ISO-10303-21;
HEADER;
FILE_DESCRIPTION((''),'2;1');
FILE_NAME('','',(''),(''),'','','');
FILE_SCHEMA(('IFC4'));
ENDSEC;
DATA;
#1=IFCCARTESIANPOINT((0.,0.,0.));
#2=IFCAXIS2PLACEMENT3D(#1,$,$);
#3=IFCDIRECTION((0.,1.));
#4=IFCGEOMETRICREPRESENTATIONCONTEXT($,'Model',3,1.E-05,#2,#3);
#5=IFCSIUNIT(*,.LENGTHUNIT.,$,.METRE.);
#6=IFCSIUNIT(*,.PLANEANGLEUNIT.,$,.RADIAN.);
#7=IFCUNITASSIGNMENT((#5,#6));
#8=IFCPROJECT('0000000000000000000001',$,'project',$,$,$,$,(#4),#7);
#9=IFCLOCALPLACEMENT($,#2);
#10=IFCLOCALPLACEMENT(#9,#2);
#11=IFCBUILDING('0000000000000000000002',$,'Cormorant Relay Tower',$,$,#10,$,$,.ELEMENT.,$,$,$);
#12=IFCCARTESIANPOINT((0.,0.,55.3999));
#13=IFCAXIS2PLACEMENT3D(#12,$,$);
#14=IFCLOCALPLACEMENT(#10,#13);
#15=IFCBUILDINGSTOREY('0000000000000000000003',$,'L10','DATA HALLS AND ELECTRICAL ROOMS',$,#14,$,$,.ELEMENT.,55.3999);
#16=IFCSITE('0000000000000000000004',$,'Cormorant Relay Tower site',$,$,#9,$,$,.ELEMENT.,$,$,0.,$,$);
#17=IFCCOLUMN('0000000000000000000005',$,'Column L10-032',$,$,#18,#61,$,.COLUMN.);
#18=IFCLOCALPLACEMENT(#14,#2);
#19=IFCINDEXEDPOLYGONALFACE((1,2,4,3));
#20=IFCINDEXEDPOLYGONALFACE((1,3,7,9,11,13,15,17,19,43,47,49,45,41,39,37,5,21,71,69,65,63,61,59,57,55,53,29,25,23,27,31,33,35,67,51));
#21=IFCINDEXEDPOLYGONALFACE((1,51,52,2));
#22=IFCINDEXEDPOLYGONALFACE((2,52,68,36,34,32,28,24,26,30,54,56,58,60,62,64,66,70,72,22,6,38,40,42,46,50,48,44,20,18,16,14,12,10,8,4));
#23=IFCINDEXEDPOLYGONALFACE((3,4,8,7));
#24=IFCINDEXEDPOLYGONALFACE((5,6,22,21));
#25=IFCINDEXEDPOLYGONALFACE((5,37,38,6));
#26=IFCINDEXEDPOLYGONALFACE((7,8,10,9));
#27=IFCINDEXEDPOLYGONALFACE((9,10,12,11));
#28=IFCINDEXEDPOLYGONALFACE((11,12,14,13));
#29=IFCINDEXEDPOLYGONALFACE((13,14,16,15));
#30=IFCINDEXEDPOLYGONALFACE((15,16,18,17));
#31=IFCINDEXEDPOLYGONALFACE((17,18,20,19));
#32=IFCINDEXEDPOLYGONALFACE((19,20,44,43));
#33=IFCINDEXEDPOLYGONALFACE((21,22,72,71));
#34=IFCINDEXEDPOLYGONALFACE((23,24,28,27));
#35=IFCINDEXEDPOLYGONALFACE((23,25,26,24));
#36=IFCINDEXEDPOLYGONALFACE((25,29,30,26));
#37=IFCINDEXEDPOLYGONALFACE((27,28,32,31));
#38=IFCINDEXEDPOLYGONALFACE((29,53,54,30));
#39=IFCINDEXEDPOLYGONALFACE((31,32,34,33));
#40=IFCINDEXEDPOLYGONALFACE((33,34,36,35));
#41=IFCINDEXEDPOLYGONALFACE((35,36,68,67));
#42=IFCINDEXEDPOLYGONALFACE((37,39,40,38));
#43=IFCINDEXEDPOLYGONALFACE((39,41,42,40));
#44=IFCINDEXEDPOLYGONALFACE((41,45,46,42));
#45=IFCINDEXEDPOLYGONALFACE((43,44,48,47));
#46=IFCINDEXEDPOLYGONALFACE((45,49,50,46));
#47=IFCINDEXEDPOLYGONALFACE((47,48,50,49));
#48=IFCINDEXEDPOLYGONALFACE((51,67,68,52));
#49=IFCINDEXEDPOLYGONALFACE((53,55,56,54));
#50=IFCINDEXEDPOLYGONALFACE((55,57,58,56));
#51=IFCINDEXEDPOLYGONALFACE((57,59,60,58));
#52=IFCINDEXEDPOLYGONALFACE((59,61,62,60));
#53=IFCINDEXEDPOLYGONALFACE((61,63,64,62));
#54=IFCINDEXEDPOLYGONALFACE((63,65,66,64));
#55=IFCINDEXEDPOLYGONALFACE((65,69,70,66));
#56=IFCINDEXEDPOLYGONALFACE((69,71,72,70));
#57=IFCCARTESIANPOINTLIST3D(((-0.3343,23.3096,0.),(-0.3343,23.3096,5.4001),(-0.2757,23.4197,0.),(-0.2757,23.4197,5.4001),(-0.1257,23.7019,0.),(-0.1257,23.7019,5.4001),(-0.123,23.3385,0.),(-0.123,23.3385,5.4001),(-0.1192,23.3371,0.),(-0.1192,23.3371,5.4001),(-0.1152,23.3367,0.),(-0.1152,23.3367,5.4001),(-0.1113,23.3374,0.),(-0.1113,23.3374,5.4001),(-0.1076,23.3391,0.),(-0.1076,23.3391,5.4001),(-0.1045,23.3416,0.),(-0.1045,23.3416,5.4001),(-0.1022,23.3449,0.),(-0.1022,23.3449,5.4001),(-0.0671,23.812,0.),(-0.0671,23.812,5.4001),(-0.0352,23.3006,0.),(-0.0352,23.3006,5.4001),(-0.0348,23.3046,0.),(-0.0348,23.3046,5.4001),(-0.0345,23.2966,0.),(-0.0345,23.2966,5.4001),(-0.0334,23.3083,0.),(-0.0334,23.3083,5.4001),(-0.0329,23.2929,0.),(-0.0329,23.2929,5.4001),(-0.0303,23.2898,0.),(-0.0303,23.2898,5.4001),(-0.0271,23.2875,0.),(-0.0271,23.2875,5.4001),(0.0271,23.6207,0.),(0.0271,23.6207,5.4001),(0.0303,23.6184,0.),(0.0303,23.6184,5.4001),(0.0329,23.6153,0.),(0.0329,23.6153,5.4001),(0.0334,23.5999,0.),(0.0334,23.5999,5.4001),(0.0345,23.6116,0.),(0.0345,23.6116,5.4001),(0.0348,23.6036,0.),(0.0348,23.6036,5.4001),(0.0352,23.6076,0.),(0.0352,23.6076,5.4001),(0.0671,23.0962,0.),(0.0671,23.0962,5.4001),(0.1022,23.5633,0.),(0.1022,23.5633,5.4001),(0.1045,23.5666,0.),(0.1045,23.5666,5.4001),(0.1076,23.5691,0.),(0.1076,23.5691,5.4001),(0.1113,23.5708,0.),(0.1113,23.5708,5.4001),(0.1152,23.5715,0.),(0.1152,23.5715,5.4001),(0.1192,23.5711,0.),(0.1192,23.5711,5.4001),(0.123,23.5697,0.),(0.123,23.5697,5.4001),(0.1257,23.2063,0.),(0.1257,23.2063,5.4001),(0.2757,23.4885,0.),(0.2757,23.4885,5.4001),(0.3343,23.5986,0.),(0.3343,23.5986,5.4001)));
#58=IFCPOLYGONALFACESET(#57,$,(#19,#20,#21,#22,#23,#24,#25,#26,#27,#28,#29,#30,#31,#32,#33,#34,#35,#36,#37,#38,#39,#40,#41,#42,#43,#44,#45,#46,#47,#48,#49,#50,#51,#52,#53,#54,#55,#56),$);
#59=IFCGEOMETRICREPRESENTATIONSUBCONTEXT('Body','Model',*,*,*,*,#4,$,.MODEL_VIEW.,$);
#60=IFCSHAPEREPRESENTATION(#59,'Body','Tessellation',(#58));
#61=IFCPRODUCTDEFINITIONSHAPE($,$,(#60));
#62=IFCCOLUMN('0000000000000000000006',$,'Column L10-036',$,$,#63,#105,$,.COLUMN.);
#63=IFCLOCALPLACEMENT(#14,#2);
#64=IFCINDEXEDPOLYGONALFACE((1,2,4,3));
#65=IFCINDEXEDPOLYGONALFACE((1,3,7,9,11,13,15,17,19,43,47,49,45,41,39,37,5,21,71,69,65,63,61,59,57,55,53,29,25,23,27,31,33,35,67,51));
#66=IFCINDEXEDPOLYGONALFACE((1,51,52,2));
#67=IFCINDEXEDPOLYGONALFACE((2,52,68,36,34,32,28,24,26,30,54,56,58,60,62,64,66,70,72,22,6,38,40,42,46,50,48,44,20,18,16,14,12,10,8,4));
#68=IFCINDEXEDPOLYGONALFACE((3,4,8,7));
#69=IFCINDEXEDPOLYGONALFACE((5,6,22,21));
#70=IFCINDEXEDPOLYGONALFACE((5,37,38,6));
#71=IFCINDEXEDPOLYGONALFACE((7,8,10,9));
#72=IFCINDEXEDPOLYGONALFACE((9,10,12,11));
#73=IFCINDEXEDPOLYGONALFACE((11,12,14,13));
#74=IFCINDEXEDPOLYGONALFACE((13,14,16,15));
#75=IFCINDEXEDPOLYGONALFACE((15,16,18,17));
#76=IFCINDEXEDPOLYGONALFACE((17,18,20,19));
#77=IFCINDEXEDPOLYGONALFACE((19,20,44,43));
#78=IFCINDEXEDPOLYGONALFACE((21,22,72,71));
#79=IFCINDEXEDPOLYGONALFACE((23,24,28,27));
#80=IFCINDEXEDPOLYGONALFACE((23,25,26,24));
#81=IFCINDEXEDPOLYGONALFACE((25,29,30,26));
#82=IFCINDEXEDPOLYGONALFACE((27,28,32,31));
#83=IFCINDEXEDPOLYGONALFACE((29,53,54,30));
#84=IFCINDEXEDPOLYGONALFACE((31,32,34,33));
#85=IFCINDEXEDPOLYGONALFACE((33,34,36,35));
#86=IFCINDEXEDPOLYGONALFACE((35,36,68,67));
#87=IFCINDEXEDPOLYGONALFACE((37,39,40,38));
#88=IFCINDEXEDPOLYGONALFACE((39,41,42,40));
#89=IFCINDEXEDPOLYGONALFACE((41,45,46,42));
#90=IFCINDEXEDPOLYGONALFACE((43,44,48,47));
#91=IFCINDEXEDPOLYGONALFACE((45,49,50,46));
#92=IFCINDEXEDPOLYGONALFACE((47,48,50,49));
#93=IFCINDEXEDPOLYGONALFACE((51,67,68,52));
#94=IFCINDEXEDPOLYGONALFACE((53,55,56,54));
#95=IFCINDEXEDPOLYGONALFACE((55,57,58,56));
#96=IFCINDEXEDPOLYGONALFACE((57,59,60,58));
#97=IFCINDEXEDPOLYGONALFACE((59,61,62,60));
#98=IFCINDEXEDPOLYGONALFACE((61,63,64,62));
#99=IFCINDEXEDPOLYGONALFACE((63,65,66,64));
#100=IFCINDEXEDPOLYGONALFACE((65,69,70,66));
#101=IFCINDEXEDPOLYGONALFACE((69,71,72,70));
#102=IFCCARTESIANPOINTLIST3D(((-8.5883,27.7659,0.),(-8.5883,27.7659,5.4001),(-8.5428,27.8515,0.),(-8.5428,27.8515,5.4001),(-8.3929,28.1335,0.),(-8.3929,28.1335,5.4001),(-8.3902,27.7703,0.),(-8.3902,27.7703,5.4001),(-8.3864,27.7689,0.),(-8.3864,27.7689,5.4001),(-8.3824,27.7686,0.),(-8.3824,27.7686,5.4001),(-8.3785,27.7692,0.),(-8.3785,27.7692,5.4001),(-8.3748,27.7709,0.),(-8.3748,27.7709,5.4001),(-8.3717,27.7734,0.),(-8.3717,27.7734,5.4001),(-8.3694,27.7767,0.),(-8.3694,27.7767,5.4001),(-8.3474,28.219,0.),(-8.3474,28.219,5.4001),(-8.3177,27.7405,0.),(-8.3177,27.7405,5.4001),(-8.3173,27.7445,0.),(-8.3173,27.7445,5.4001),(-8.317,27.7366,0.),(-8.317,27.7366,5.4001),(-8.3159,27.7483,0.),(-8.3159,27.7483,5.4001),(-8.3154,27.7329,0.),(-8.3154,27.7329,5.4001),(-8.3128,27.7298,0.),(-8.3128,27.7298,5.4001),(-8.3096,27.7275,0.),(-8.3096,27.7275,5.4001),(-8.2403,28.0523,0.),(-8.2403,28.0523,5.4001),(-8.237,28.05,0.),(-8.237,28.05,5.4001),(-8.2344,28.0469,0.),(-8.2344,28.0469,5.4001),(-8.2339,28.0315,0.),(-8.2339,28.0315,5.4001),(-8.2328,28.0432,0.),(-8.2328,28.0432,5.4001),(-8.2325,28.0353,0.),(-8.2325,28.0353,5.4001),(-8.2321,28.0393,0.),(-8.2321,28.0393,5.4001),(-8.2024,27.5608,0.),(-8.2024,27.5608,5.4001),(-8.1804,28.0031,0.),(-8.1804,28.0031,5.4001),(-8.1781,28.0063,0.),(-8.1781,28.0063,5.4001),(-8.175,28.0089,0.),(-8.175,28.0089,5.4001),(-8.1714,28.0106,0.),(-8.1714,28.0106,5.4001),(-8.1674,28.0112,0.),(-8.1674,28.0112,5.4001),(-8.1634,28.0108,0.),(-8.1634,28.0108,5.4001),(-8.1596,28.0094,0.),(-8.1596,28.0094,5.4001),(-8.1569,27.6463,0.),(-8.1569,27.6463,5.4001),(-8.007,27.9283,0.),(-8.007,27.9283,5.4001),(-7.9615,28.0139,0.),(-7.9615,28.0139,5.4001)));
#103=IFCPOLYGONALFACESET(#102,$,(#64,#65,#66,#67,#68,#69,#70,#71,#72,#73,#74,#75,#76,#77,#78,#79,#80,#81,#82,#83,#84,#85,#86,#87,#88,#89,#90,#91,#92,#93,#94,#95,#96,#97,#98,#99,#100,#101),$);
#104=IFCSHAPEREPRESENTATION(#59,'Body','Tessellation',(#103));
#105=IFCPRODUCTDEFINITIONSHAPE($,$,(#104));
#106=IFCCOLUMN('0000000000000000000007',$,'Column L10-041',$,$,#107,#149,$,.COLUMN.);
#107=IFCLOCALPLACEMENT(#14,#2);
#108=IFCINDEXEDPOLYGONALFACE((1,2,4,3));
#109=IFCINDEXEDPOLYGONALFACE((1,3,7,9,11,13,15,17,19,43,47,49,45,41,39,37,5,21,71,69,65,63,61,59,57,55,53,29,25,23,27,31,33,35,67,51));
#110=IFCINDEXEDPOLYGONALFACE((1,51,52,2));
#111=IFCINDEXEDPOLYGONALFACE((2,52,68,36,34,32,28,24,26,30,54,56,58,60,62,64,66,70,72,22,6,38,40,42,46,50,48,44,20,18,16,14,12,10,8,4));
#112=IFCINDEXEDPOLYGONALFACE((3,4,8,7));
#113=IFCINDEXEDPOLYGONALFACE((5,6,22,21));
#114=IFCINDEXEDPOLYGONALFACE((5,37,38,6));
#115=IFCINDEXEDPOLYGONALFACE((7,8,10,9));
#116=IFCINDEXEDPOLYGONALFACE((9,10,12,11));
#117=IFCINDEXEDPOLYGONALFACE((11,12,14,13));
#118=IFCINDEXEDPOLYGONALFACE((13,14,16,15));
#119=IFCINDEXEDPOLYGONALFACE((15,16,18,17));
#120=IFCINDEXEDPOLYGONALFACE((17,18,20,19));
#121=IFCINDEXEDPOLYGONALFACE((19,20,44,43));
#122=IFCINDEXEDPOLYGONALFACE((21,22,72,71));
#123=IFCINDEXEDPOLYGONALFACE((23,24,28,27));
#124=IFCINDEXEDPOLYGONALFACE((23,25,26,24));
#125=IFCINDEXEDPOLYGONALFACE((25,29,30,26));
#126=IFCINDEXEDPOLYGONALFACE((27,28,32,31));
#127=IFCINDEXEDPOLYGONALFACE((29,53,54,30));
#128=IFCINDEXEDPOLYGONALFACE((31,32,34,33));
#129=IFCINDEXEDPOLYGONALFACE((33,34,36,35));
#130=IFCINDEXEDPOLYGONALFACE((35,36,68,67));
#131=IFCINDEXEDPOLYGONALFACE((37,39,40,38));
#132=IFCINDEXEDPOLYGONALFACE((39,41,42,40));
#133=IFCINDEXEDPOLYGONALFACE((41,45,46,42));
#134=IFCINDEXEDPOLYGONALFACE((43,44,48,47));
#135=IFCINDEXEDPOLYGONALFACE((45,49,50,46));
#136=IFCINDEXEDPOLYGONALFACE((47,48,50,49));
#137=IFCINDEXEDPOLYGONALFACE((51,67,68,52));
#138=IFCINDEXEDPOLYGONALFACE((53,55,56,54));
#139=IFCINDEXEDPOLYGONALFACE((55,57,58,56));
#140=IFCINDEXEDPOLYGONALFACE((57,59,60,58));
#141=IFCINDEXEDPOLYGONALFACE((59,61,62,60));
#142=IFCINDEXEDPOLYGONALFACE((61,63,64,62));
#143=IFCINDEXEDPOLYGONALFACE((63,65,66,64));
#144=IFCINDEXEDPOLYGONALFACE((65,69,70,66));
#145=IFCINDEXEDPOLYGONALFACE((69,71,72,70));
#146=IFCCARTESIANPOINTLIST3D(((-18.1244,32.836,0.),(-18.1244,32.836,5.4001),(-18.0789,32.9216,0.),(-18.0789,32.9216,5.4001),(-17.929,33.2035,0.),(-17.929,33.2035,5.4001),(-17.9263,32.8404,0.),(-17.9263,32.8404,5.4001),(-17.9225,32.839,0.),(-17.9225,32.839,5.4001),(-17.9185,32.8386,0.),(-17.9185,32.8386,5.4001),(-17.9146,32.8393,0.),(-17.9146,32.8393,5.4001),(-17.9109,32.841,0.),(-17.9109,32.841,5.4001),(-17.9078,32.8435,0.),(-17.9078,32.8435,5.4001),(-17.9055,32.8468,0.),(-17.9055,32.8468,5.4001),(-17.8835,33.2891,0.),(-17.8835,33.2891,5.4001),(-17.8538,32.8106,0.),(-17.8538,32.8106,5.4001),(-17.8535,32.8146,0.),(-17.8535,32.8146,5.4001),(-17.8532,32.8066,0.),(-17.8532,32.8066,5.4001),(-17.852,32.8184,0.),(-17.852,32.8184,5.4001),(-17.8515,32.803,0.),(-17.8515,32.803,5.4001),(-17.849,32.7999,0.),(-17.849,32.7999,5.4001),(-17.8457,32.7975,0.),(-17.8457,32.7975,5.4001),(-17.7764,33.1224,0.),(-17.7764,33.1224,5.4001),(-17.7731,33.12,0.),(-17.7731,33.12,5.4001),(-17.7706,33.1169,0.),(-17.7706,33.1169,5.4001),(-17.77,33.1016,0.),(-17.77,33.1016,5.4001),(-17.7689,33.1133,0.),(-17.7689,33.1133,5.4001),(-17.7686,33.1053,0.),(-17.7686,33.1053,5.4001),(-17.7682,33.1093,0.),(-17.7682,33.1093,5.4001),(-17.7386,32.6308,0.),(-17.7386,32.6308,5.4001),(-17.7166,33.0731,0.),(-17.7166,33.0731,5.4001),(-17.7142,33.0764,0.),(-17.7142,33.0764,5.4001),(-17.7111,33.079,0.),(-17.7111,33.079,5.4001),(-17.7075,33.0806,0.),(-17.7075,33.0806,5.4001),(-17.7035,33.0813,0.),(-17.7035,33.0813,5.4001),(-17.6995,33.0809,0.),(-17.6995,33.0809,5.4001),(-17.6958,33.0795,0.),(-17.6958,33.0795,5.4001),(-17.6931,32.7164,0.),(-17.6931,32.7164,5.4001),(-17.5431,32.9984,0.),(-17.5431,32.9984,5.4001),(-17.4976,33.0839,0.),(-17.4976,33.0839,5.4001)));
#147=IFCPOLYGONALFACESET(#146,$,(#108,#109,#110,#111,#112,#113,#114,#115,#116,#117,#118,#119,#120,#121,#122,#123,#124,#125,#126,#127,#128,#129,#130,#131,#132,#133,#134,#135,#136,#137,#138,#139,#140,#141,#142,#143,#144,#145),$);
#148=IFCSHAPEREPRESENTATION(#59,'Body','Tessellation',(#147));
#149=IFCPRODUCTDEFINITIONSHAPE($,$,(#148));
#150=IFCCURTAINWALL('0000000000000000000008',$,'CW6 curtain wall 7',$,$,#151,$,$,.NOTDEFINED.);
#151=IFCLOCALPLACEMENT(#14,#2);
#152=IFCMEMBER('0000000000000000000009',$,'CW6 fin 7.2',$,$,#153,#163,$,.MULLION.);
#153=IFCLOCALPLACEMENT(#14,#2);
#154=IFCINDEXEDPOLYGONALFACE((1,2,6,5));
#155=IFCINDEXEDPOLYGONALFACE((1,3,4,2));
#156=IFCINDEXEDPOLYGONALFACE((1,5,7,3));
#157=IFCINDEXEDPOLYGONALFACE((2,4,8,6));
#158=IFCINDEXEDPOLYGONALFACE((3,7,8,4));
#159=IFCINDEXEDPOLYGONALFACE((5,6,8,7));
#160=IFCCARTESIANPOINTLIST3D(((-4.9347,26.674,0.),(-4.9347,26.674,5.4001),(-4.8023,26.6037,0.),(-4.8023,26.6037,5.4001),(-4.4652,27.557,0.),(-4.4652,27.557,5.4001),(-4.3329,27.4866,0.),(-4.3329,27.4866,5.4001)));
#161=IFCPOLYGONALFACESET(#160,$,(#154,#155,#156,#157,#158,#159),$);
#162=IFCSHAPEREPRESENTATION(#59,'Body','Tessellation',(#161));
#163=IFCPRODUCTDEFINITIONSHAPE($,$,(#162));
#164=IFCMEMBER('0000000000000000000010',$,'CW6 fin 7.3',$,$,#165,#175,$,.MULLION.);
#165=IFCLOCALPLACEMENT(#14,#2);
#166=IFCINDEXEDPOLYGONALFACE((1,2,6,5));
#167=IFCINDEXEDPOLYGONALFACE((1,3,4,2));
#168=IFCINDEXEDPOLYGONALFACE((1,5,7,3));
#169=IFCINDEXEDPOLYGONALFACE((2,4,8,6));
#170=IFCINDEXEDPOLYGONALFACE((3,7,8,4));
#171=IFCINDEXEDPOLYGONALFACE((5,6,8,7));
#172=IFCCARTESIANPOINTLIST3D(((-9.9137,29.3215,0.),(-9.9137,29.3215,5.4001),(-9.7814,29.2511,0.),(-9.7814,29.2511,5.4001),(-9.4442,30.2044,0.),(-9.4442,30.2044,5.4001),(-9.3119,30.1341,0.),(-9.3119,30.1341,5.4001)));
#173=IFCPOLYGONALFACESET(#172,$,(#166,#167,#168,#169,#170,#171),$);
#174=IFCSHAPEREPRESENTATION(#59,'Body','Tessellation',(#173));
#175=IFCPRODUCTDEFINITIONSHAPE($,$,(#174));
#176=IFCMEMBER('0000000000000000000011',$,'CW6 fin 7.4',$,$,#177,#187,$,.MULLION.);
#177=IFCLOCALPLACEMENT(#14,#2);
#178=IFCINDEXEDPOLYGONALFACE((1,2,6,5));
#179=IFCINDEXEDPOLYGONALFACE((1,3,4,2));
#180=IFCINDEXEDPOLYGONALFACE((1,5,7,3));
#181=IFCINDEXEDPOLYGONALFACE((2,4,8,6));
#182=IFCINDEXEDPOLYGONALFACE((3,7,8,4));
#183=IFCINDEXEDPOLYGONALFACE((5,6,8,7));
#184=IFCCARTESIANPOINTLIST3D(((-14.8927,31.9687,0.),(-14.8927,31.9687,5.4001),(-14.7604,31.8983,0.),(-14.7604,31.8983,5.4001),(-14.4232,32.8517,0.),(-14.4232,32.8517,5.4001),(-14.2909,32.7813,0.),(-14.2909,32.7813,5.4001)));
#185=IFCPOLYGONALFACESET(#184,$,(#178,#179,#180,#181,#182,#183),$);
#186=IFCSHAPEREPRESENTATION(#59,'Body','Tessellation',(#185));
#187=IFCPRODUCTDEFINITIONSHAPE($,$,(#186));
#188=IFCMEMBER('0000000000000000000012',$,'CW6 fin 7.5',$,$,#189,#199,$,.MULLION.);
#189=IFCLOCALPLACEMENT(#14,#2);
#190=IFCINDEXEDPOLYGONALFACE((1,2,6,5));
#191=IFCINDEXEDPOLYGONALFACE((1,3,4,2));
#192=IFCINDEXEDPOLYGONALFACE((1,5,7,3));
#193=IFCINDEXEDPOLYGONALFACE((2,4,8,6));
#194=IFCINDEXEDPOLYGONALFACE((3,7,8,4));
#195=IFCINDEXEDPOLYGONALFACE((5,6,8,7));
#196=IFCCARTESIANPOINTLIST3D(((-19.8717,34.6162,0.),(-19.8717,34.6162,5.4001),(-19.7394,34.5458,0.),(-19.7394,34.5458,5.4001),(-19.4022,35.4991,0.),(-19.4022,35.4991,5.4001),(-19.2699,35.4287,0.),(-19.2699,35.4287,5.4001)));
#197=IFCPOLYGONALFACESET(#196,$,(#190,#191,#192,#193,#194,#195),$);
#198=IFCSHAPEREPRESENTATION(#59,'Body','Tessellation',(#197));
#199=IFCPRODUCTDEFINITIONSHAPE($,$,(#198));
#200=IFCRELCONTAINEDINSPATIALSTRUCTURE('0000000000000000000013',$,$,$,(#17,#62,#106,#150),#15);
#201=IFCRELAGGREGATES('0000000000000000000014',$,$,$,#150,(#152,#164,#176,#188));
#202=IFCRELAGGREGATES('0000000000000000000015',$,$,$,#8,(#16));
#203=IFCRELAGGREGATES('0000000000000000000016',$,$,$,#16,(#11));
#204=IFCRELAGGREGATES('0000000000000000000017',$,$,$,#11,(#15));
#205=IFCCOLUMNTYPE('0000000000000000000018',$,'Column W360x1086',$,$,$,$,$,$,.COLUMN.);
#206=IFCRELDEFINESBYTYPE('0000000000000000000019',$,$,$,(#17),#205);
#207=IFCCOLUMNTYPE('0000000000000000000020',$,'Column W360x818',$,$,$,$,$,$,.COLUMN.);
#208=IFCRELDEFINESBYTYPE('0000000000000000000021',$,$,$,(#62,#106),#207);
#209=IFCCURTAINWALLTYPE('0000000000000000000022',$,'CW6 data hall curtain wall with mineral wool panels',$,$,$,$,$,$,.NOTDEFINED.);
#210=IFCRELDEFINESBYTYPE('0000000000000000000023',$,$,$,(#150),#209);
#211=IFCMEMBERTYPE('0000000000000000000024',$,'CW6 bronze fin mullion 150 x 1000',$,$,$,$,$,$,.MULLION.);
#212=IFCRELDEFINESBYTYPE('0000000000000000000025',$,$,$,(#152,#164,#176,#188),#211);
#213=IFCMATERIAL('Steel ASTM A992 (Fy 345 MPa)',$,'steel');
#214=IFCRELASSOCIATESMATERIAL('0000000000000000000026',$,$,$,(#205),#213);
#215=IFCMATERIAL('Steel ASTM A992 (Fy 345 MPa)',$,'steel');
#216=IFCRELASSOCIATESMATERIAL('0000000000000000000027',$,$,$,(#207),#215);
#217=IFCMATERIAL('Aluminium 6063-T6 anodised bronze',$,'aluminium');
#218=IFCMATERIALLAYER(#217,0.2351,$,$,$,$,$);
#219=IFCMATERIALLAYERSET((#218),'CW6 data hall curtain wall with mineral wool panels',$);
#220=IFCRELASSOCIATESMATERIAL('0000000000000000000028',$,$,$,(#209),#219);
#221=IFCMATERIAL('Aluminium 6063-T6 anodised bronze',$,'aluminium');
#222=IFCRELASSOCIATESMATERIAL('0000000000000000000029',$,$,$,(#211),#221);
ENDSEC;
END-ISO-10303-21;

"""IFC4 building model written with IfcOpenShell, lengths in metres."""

from ifc_helpers import new_model, si_unit, direction, frame, origin, origin_2d, place, context, subcontext, project, spatial, rectangle, i_section, extrude, material, layer, layer_set, material_profile, profile_set, type_object, element, aggregate, save


model = new_model("IFC4")

# Units and contexts
model_context = context("Model", 3, precision=1e-05, world=origin(), true_north=direction((0.0, 1.0)))
body_context = subcontext(model_context, "Body", "Model", "MODEL_VIEW")
ifc_project = project(units=[si_unit("LENGTHUNIT", "METRE"), si_unit("PLANEANGLEUNIT", "RADIAN")], contexts=[model_context])

# Site, building, storey
site_placement = place(None, origin())
site = spatial("IfcSite", under=ifc_project, at=site_placement, Name="Cormorant Relay Tower site", CompositionType="ELEMENT", RefElevation=0.0)
building_placement = place(site_placement, origin())
building = spatial("IfcBuilding", under=site, at=building_placement, Name="Cormorant Relay Tower", CompositionType="ELEMENT")
storey_placement = place(building_placement, frame((0.0, 0.0, 55.3999)))
storey = spatial("IfcBuildingStorey", under=building, at=storey_placement, Name="L10", Description="DATA HALLS AND ELECTRICAL ROOMS", CompositionType="ELEMENT", Elevation=55.3999)

# Columns
ifc_material_1 = material(Name="Steel ASTM A992 (Fy 345 MPa)", Category="steel")
ifc_material_profile_1 = material_profile(ifc_material_1, i_section(OverallWidth=0.4546, OverallDepth=0.5691, WebThickness=0.0779, FlangeThickness=0.1248, FilletRadius=0.0154, at=origin_2d()), Name="W360x1086")
ifc_profile_set_1 = profile_set([ifc_material_profile_1], Name="Steel ASTM A992 (Fy 345 MPa)")
column_type_1 = type_object("IfcColumnType", Name="Column W360x1086", PredefinedType="COLUMN", material=ifc_profile_set_1)
column_placement = place(storey_placement, frame((0.0, 23.4541, 0.0), z_axis=(0.0, 0.0, 1.0), x_axis=(-0.882948, 0.469472, 0.0)))
element("IfcColumn", 1, at=column_placement, inside=storey, type_object=column_type_1, Name="Column L10-032", PredefinedType="COLUMN", context=body_context, shape_type="SweptSolid", body=[
    extrude(i_section(OverallWidth=0.4546, OverallDepth=0.5691, WebThickness=0.0779, FlangeThickness=0.1248, FilletRadius=0.0154, at=origin_2d()), origin(), (0.0, 0.0, 1.0), 5.4001),
])
ifc_material_2 = material(Name="Steel ASTM A992 (Fy 345 MPa)", Category="steel")
ifc_material_profile_2 = material_profile(ifc_material_2, i_section(OverallWidth=0.437, OverallDepth=0.5132, WebThickness=0.0605, FlangeThickness=0.0969, FilletRadius=0.0154, at=origin_2d()), Name="W360x818")
ifc_profile_set_2 = profile_set([ifc_material_profile_2], Name="Steel ASTM A992 (Fy 345 MPa)")
column_type_2 = type_object("IfcColumnType", Name="Column W360x818", PredefinedType="COLUMN", material=ifc_profile_set_2)
for number, where, z_axis, x_axis, name in (
    (2, (-8.2749, 27.8899, 0.0), (0.0, 0.0, 1.0), (-0.882948, 0.469472, 0.0), "Column L10-036"),
    (3, (-17.811, 32.96, 0.0), (0.0, 0.0, 1.0), (-0.882948, 0.469472, 0.0), "Column L10-041"),
):
    element("IfcColumn", number, at=place(storey_placement, frame(where, z_axis=z_axis, x_axis=x_axis)), inside=storey, type_object=column_type_2, Name=name, PredefinedType="COLUMN", context=body_context, shape_type="SweptSolid", body=[
        extrude(i_section(OverallWidth=0.437, OverallDepth=0.5132, WebThickness=0.0605, FlangeThickness=0.0969, FilletRadius=0.0154, at=origin_2d()), origin(), (0.0, 0.0, 1.0), 5.4001),
    ])

# Curtain wall, members
ifc_material_3 = material(Name="Aluminium 6063-T6 anodised bronze", Category="aluminium")
ifc_layer_1 = layer(ifc_material_3, 0.2351)
ifc_layer_set_1 = layer_set([ifc_layer_1], Name="CW6 data hall curtain wall with mineral wool panels")
curtain_wall_type = type_object("IfcCurtainWallType", Name="CW6 data hall curtain wall with mineral wool panels", PredefinedType="NOTDEFINED", material=ifc_layer_set_1)
curtain_wall_placement = place(storey_placement, origin())
curtain_wall = element("IfcCurtainWall", 4, at=curtain_wall_placement, inside=storey, type_object=curtain_wall_type, Name="CW6 curtain wall 7", PredefinedType="NOTDEFINED")
ifc_material_4 = material(Name="Aluminium 6063-T6 anodised bronze", Category="aluminium")
ifc_material_profile_3 = material_profile(ifc_material_4, rectangle(XDim=0.1499, YDim=1.0, at=origin_2d()), Name="AL 150x1000")
ifc_profile_set_3 = profile_set([ifc_material_profile_3], Name="Aluminium 6063-T6 anodised bronze")
member_type = type_object("IfcMemberType", Name="CW6 bronze fin mullion 150 x 1000", PredefinedType="MULLION", material=ifc_profile_set_3)
member_1_placement = place(storey_placement, frame((-4.6338, 27.0803, 0.0), z_axis=(0.0, 0.0, 1.0), x_axis=(-0.882948, 0.469472, 0.0)))
member_1 = element("IfcMember", 5, at=member_1_placement, type_object=member_type, Name="CW6 fin 7.2", PredefinedType="MULLION", context=body_context, shape_type="SweptSolid", body=[
    extrude(rectangle(XDim=0.1499, YDim=1.0, at=origin_2d()), origin(), (0.0, 0.0, 1.0), 5.4001),
])
member_2_placement = place(storey_placement, frame((-9.6128, 29.7278, 0.0), z_axis=(0.0, 0.0, 1.0), x_axis=(-0.882948, 0.469472, 0.0)))
member_2 = element("IfcMember", 6, at=member_2_placement, type_object=member_type, Name="CW6 fin 7.3", PredefinedType="MULLION", context=body_context, shape_type="SweptSolid", body=[
    extrude(rectangle(XDim=0.1499, YDim=1.0, at=origin_2d()), origin(), (0.0, 0.0, 1.0), 5.4001),
])
member_3_placement = place(storey_placement, frame((-14.5918, 32.375, 0.0), z_axis=(0.0, 0.0, 1.0), x_axis=(-0.882948, 0.469472, 0.0)))
member_3 = element("IfcMember", 7, at=member_3_placement, type_object=member_type, Name="CW6 fin 7.4", PredefinedType="MULLION", context=body_context, shape_type="SweptSolid", body=[
    extrude(rectangle(XDim=0.1499, YDim=1.0, at=origin_2d()), origin(), (0.0, 0.0, 1.0), 5.4001),
])
member_4_placement = place(storey_placement, frame((-19.5708, 35.0225, 0.0), z_axis=(0.0, 0.0, 1.0), x_axis=(-0.882948, 0.469472, 0.0)))
member_4 = element("IfcMember", 8, at=member_4_placement, type_object=member_type, Name="CW6 fin 7.5", PredefinedType="MULLION", context=body_context, shape_type="SweptSolid", body=[
    extrude(rectangle(XDim=0.1499, YDim=1.0, at=origin_2d()), origin(), (0.0, 0.0, 1.0), 5.4001),
])

aggregate(curtain_wall, [member_1, member_2, member_3, member_4])

save(model, "model.ifc")
